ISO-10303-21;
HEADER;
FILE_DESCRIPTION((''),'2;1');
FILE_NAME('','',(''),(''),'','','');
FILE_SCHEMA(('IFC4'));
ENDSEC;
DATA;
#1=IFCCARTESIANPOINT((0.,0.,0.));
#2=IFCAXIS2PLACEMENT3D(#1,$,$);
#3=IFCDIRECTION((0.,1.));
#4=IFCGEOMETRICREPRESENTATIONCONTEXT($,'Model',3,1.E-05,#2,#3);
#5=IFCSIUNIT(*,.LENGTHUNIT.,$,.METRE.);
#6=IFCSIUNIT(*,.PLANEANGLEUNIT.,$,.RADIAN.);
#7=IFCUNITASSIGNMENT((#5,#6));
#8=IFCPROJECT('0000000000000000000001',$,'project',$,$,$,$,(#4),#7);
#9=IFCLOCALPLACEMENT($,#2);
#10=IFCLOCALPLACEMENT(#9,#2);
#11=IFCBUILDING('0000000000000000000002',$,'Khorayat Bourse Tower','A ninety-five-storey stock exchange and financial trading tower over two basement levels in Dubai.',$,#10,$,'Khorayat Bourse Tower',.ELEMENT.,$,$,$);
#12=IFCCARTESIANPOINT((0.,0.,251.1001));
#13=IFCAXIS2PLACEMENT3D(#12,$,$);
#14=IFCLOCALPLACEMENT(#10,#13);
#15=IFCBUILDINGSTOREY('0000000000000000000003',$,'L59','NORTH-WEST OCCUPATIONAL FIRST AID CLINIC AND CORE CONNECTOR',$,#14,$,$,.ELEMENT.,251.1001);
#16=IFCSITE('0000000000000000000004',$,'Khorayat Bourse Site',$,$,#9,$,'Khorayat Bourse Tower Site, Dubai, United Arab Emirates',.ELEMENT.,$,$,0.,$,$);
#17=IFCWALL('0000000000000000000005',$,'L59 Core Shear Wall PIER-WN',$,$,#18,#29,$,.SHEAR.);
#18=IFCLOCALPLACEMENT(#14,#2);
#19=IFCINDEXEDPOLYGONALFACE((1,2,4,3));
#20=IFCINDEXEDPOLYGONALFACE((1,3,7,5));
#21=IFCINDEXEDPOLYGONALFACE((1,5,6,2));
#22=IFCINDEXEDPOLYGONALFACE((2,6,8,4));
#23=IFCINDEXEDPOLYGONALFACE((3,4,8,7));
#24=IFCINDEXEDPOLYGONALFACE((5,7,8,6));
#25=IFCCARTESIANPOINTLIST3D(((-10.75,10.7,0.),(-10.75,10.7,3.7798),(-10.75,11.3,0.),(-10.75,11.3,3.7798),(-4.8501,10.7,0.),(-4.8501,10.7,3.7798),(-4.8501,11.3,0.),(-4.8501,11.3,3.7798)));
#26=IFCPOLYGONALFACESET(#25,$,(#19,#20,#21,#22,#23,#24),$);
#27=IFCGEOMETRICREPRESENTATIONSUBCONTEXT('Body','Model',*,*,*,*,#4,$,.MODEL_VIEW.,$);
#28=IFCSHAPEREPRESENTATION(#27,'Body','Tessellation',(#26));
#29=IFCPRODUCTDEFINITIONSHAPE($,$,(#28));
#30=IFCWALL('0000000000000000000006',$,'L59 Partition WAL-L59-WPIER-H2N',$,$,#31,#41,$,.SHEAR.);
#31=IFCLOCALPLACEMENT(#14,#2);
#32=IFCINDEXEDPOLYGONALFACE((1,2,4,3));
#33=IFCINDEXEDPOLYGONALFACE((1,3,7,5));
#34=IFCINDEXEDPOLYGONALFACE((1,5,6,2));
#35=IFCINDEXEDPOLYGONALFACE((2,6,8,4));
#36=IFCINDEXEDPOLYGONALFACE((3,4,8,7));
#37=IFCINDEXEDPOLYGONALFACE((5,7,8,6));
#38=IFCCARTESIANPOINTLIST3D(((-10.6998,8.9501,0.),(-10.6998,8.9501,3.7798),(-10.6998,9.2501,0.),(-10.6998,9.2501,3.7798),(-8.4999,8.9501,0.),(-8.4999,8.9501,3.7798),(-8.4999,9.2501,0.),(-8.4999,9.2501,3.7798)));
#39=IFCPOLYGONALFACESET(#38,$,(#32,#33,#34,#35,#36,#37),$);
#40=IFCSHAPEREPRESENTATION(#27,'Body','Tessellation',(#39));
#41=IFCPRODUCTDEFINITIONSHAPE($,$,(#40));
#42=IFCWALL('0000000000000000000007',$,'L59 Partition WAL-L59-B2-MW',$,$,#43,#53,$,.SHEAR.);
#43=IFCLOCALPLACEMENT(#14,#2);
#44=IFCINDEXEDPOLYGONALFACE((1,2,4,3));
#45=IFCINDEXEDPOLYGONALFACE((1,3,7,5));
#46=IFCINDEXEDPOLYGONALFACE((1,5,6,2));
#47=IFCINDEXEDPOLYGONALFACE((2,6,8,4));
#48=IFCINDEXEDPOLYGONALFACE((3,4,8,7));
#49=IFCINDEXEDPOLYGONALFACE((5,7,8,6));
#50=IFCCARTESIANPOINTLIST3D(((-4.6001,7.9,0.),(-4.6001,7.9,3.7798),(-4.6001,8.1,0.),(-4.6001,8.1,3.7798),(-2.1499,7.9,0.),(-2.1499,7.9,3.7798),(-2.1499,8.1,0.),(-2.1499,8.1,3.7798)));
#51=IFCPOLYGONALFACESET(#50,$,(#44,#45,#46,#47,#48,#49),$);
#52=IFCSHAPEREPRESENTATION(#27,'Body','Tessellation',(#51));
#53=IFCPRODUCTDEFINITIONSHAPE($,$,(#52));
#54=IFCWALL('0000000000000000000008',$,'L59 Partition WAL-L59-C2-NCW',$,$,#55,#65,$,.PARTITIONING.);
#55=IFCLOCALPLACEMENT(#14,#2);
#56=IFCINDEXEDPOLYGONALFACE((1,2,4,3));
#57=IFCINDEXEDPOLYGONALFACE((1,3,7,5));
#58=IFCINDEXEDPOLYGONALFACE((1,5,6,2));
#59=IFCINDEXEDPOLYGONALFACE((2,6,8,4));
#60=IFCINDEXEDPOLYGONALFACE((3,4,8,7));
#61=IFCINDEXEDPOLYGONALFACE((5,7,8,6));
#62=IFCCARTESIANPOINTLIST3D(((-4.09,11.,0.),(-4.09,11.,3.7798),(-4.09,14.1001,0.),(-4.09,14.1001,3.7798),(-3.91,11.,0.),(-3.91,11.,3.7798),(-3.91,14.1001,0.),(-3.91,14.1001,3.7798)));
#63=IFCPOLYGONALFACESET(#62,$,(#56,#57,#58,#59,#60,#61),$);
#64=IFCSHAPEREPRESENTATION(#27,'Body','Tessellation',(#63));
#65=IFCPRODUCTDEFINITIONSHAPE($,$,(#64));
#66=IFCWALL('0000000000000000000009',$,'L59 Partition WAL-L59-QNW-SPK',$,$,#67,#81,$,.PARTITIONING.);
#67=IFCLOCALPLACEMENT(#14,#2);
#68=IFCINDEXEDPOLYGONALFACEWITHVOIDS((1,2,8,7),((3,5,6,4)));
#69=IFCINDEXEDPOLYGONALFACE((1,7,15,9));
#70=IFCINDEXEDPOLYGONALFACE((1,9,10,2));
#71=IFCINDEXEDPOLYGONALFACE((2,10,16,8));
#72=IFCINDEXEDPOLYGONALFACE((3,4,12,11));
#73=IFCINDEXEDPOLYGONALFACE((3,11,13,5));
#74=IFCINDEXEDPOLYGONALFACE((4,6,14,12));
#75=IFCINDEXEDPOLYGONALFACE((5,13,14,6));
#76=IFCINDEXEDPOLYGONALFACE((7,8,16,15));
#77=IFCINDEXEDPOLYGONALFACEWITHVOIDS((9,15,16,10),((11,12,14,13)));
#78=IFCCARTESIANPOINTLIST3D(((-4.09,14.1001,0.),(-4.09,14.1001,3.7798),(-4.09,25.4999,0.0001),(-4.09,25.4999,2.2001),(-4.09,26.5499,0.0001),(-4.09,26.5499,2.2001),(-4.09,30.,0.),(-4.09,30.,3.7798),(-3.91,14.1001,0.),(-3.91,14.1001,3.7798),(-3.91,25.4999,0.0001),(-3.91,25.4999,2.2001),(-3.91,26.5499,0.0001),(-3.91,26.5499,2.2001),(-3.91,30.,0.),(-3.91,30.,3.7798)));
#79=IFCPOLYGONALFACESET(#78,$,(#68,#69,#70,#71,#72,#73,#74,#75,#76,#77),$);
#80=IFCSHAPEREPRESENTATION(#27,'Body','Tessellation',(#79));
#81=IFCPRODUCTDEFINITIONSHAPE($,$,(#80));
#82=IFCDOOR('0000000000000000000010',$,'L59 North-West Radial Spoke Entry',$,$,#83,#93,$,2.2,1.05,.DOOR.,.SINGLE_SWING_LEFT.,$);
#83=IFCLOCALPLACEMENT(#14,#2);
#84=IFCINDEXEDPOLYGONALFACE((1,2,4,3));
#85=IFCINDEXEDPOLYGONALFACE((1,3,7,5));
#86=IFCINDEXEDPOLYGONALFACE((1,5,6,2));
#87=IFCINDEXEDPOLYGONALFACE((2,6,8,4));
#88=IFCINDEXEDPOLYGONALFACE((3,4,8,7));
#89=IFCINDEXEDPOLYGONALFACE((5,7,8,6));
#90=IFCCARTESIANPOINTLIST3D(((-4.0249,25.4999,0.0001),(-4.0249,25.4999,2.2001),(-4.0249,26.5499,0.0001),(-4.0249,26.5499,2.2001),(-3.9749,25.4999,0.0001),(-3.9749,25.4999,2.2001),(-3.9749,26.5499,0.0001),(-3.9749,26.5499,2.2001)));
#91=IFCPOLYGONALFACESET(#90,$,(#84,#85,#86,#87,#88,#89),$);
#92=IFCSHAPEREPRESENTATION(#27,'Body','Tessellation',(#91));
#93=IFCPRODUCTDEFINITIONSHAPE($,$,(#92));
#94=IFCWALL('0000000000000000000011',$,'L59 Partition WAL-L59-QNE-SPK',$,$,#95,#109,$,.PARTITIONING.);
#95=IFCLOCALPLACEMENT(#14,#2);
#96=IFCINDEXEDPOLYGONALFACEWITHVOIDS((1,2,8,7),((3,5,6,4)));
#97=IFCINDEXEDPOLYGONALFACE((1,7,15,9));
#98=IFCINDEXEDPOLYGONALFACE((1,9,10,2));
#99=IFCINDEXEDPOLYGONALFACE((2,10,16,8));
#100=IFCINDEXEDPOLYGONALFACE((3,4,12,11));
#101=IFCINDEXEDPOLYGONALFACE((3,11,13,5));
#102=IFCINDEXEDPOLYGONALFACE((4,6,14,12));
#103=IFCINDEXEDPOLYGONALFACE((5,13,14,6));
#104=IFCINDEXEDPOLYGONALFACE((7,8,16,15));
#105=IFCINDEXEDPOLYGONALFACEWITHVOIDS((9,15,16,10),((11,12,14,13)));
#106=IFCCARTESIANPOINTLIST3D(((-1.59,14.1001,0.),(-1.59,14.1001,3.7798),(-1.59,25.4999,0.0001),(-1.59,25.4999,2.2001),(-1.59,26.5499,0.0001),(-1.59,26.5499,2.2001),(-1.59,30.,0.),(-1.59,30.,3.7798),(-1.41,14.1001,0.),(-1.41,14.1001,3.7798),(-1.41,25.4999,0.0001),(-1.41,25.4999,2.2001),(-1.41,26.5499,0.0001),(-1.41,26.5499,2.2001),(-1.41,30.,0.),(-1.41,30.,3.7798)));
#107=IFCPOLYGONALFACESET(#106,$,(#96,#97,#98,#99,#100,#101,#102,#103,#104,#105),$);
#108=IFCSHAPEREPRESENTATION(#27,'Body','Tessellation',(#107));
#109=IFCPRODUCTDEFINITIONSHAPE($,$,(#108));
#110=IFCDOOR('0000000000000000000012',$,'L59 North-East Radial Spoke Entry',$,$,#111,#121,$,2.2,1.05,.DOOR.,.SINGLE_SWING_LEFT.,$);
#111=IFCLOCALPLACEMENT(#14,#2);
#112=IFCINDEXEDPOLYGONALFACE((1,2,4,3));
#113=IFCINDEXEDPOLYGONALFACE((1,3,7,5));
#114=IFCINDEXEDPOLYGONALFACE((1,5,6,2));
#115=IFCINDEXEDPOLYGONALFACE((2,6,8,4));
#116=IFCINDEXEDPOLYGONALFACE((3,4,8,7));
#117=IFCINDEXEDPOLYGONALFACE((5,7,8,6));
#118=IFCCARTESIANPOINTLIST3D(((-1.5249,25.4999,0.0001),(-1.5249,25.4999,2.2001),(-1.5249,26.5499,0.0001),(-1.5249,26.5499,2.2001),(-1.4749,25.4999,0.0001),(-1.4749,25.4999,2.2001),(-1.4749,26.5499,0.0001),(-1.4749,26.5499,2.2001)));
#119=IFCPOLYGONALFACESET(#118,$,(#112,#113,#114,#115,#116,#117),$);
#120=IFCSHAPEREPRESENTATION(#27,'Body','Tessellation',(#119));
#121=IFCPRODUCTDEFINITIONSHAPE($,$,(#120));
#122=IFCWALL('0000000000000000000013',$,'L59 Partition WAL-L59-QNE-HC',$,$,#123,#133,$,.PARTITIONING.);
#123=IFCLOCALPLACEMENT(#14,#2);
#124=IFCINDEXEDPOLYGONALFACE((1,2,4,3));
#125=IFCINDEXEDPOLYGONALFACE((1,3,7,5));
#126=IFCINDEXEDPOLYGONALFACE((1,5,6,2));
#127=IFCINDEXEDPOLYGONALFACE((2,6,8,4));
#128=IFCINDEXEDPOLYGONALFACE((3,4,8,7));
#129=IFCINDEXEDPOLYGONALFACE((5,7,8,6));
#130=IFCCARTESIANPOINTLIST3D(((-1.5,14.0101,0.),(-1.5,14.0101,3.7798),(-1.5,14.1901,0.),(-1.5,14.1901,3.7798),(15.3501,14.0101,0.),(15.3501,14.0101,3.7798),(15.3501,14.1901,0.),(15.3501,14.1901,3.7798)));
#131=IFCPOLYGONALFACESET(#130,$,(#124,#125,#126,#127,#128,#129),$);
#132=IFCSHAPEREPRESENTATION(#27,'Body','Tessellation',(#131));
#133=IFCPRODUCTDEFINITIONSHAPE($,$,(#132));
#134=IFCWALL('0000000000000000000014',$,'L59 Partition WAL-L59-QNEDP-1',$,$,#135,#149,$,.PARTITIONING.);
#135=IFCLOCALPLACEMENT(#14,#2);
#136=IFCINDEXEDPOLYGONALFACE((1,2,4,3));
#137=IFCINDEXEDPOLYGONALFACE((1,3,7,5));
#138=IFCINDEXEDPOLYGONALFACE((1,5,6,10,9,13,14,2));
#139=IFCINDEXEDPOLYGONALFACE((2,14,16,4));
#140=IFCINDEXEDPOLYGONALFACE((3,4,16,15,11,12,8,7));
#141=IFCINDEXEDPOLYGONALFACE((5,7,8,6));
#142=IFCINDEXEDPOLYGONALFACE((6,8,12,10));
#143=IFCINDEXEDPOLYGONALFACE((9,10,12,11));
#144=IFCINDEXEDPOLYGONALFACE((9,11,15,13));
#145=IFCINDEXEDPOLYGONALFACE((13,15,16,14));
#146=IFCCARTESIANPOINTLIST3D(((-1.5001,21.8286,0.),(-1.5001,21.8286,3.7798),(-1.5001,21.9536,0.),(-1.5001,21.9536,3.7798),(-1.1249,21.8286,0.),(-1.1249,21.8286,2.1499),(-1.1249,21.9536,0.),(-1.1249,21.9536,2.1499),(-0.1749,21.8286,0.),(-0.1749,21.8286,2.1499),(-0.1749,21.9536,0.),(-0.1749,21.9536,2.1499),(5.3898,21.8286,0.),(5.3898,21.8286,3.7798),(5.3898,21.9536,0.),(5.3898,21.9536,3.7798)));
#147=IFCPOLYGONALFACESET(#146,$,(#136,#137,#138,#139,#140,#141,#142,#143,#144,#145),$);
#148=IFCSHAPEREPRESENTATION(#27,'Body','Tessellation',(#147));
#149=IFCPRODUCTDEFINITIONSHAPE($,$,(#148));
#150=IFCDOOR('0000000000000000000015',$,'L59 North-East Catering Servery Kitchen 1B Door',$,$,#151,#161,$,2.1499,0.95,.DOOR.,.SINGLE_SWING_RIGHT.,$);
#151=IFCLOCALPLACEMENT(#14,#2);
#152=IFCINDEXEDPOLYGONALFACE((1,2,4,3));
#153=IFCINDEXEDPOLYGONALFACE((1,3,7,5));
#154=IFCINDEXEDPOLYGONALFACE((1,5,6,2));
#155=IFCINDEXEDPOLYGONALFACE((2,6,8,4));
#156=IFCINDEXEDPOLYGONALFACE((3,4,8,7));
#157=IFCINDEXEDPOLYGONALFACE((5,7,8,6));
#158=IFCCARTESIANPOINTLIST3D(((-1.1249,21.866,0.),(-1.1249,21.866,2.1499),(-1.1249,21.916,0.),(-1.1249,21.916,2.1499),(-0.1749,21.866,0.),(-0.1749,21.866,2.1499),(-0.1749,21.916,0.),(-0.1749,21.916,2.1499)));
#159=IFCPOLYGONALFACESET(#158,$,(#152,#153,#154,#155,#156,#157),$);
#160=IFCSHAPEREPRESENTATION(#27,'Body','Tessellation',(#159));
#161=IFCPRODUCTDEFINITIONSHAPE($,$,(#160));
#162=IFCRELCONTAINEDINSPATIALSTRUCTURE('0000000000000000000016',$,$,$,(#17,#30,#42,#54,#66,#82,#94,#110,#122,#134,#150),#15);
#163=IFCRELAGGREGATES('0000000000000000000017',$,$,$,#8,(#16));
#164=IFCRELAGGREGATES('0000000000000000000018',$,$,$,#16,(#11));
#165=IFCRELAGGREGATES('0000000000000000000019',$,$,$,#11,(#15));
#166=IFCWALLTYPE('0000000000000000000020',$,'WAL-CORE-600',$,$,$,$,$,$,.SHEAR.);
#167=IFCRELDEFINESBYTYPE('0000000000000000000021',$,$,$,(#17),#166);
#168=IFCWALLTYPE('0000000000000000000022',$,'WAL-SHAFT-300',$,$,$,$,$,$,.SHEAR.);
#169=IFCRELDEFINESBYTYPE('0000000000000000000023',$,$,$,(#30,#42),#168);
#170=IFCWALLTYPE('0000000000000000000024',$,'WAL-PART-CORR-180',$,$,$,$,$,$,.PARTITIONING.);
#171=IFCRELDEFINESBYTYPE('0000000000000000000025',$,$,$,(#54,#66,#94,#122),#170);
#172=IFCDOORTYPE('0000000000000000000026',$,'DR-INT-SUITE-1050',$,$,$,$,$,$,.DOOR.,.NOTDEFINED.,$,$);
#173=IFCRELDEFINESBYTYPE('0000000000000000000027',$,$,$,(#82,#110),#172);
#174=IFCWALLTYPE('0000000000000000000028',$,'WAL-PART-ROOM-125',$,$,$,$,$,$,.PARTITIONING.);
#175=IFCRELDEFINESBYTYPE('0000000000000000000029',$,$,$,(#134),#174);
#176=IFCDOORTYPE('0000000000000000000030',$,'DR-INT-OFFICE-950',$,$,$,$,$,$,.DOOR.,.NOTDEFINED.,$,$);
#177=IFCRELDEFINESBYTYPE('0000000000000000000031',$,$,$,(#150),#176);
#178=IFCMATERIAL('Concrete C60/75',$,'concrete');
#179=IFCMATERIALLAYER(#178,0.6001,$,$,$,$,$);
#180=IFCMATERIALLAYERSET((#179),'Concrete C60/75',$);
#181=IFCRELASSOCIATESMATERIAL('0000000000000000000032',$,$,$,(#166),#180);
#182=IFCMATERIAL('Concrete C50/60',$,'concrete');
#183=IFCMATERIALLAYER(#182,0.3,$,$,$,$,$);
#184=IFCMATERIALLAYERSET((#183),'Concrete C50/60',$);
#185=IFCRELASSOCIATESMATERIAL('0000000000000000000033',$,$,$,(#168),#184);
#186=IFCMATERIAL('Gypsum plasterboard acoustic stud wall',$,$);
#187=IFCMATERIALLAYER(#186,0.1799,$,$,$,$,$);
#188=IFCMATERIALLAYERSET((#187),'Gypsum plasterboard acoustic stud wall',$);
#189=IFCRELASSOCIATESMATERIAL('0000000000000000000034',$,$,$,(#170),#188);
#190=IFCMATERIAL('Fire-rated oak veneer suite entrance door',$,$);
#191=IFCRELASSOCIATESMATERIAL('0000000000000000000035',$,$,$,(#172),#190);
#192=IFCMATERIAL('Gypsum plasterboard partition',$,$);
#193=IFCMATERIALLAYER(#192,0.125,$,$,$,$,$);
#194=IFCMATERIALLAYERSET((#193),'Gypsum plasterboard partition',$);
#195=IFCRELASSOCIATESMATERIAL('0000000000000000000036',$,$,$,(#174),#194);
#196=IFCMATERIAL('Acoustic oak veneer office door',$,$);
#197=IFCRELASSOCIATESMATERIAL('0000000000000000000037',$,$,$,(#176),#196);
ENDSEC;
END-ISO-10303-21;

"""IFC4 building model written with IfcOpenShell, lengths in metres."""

from ifc_helpers import new_model, si_unit, direction, frame, frame_2d, origin, place, context, subcontext, project, spatial, rectangle, extrude, source, transform, mapped, material, layer, layer_set, type_object, element, fill, save


model = new_model("IFC4")

# Units and contexts
model_context = context("Model", 3, precision=1e-05, world=origin(), true_north=direction((0.0, 1.0)))
body_context = subcontext(model_context, "Body", "Model", "MODEL_VIEW")
ifc_project = project(units=[si_unit("LENGTHUNIT", "METRE"), si_unit("PLANEANGLEUNIT", "RADIAN")], contexts=[model_context])

# Site, building, storey
site_placement = place(None, origin())
site = spatial("IfcSite", under=ifc_project, at=site_placement, Name="Khorayat Bourse Site", LongName="Khorayat Bourse Tower Site, Dubai, United Arab Emirates", CompositionType="ELEMENT", RefElevation=0.0)
building_placement = place(site_placement, origin())
building = spatial("IfcBuilding", under=site, at=building_placement, Name="Khorayat Bourse Tower", Description="A ninety-five-storey stock exchange and financial trading tower over two basement levels in Dubai.", LongName="Khorayat Bourse Tower", CompositionType="ELEMENT")
storey_placement = place(building_placement, frame((0.0, 0.0, 251.1001)))
storey = spatial("IfcBuildingStorey", under=building, at=storey_placement, Name="L59", Description="NORTH-WEST OCCUPATIONAL FIRST AID CLINIC AND CORE CONNECTOR", CompositionType="ELEMENT", Elevation=251.1001)

# Shared definitions
ifc_material_1 = material(Name="Concrete C60/75", Category="concrete")

# Walls
ifc_layer_1 = layer(ifc_material_1, 0.6001)
ifc_layer_set_1 = layer_set([ifc_layer_1], Name="Concrete C60/75")
wall_type_1 = type_object("IfcWallType", Name="WAL-CORE-600", PredefinedType="SHEAR", material=ifc_layer_set_1)
shared_shape_1 = source(origin(), body_context, "Body", "SweptSolid", [
    extrude(rectangle(XDim=5.8999, YDim=0.6001, at=frame_2d((2.95, 0.0))), origin(), (0.0, 0.0, 1.0), 3.7798),
])
wall_1_placement = place(storey_placement, frame((-10.75, 11.0, 0.0), z_axis=(0.0, 0.0, 1.0), x_axis=(1.0, 0.0, 0.0)))
element("IfcWall", 1, at=wall_1_placement, inside=storey, type_object=wall_type_1, Name="L59 Core Shear Wall PIER-WN", PredefinedType="SHEAR", context=body_context, shape_type="MappedRepresentation", body=[
    mapped(shared_shape_1, transform((0.0, 0.0, 0.0), scale=1.0)),
])
ifc_material_2 = material(Name="Concrete C50/60", Category="concrete")
ifc_layer_2 = layer(ifc_material_2, 0.3)
ifc_layer_set_2 = layer_set([ifc_layer_2], Name="Concrete C50/60")
wall_type_2 = type_object("IfcWallType", Name="WAL-SHAFT-300", PredefinedType="SHEAR", material=ifc_layer_set_2)
shared_shape_2 = source(origin(), body_context, "Body", "SweptSolid", [
    extrude(rectangle(XDim=2.2, YDim=0.3, at=frame_2d((1.1001, 0.0))), origin(), (0.0, 0.0, 1.0), 3.7798),
])
wall_2_placement = place(storey_placement, frame((-10.7, 9.1001, 0.0), z_axis=(0.0, 0.0, 1.0), x_axis=(1.0, 0.0, 0.0)))
element("IfcWall", 2, at=wall_2_placement, inside=storey, type_object=wall_type_2, Name="L59 Partition WAL-L59-WPIER-H2N", PredefinedType="SHEAR", context=body_context, shape_type="MappedRepresentation", body=[
    mapped(shared_shape_2, transform((0.0, 0.0, 0.0), scale=1.0)),
])
shared_shape_3 = source(origin(), body_context, "Body", "SweptSolid", [
    extrude(rectangle(XDim=2.4502, YDim=0.2, at=frame_2d((1.2251, 0.0))), origin(), (0.0, 0.0, 1.0), 3.7798),
])
wall_3_placement = place(storey_placement, frame((-4.6001, 8.0, 0.0), z_axis=(0.0, 0.0, 1.0), x_axis=(1.0, 0.0, 0.0)))
element("IfcWall", 3, at=wall_3_placement, inside=storey, type_object=wall_type_2, Name="L59 Partition WAL-L59-B2-MW", PredefinedType="SHEAR", context=body_context, shape_type="MappedRepresentation", body=[
    mapped(shared_shape_3, transform((0.0, 0.0, 0.0), scale=1.0)),
])
ifc_material_3 = material(Name="Gypsum plasterboard acoustic stud wall")
ifc_layer_3 = layer(ifc_material_3, 0.1799)
ifc_layer_set_3 = layer_set([ifc_layer_3], Name="Gypsum plasterboard acoustic stud wall")
wall_type_3 = type_object("IfcWallType", Name="WAL-PART-CORR-180", PredefinedType="PARTITIONING", material=ifc_layer_set_3)
shared_shape_4 = source(origin(), body_context, "Body", "SweptSolid", [
    extrude(rectangle(XDim=3.1001, YDim=0.1799, at=frame_2d((1.55, 0.0))), origin(), (0.0, 0.0, 1.0), 3.7798),
])
wall_4_placement = place(storey_placement, frame((-4.0, 11.0, 0.0), z_axis=(0.0, 0.0, 1.0), x_axis=(0.0, 1.0, 0.0)))
element("IfcWall", 4, at=wall_4_placement, inside=storey, type_object=wall_type_3, Name="L59 Partition WAL-L59-C2-NCW", PredefinedType="PARTITIONING", context=body_context, shape_type="MappedRepresentation", body=[
    mapped(shared_shape_4, transform((0.0, 0.0, 0.0), scale=1.0)),
])

# Walls, openings, doors
shared_shape_5 = source(origin(), body_context, "Body", "SweptSolid", [
    extrude(rectangle(XDim=15.8999, YDim=0.1799, at=frame_2d((7.95, 0.0))), origin(), (0.0, 0.0, 1.0), 3.7798),
])
wall_5_placement = place(storey_placement, frame((-4.0, 14.1001, 0.0), z_axis=(0.0, 0.0, 1.0), x_axis=(0.0, 1.0, 0.0)))
wall_5 = element("IfcWall", 5, at=wall_5_placement, inside=storey, type_object=wall_type_3, Name="L59 Partition WAL-L59-QNW-SPK", PredefinedType="PARTITIONING", context=body_context, shape_type="MappedRepresentation", body=[
    mapped(shared_shape_5, transform((0.0, 0.0, 0.0), scale=1.0)),
])
shared_shape_6 = source(origin(), body_context, "Body", "SweptSolid", [
    extrude(rectangle(XDim=1.05, YDim=2.2, at=frame_2d((0.5249, 1.1001))), frame((0.0, 0.0999, 0.0), z_axis=(0.0, -1.0, 0.0), x_axis=(1.0, 0.0, 0.0)), (0.0, 0.0, 1.0), 0.2),
])
opening_1_placement = place(wall_5_placement, frame((11.3999, 0.0, 0.0)))
opening_1 = element("IfcOpeningElement", 6, at=opening_1_placement, cuts=wall_5, PredefinedType="OPENING", context=body_context, shape_type="MappedRepresentation", body=[
    mapped(shared_shape_6, transform((0.0, 0.0, 0.0), scale=1.0)),
])
ifc_material_4 = material(Name="Fire-rated oak veneer suite entrance door")
door_type_1 = type_object("IfcDoorType", Name="DR-INT-SUITE-1050", OperationType="NOTDEFINED", PredefinedType="DOOR", material=ifc_material_4)
shared_shape_7 = source(origin(), body_context, "Body", "SweptSolid", [
    extrude(rectangle(XDim=1.05, YDim=2.2, at=frame_2d((0.5249, 1.1001))), frame((0.0, 0.0249, 0.0), z_axis=(0.0, -1.0, 0.0), x_axis=(1.0, 0.0, 0.0)), (0.0, 0.0, 1.0), 0.05),
])
door_1_placement = place(opening_1_placement, origin())
door_1 = element("IfcDoor", 7, at=door_1_placement, inside=storey, type_object=door_type_1, Name="L59 North-West Radial Spoke Entry", OperationType="SINGLE_SWING_LEFT", OverallHeight=2.2, OverallWidth=1.05, PredefinedType="DOOR", context=body_context, shape_type="MappedRepresentation", body=[
    mapped(shared_shape_7, transform((0.0, 0.0, 0.0), scale=1.0)),
])
fill(opening_1, door_1)
wall_6_placement = place(storey_placement, frame((-1.5, 14.1001, 0.0), z_axis=(0.0, 0.0, 1.0), x_axis=(0.0, 1.0, 0.0)))
wall_6 = element("IfcWall", 8, at=wall_6_placement, inside=storey, type_object=wall_type_3, Name="L59 Partition WAL-L59-QNE-SPK", PredefinedType="PARTITIONING", context=body_context, shape_type="MappedRepresentation", body=[
    mapped(shared_shape_5, transform((0.0, 0.0, 0.0), scale=1.0)),
])
opening_2_placement = place(wall_6_placement, frame((11.3999, 0.0, 0.0)))
opening_2 = element("IfcOpeningElement", 9, at=opening_2_placement, cuts=wall_6, PredefinedType="OPENING", context=body_context, shape_type="MappedRepresentation", body=[
    mapped(shared_shape_6, transform((0.0, 0.0, 0.0), scale=1.0)),
])
door_2_placement = place(opening_2_placement, origin())
door_2 = element("IfcDoor", 10, at=door_2_placement, inside=storey, type_object=door_type_1, Name="L59 North-East Radial Spoke Entry", OperationType="SINGLE_SWING_LEFT", OverallHeight=2.2, OverallWidth=1.05, PredefinedType="DOOR", context=body_context, shape_type="MappedRepresentation", body=[
    mapped(shared_shape_7, transform((0.0, 0.0, 0.0), scale=1.0)),
])
fill(opening_2, door_2)

# Wall
shared_shape_8 = source(origin(), body_context, "Body", "SweptSolid", [
    extrude(rectangle(XDim=16.8501, YDim=0.1799, at=frame_2d((8.425, 0.0))), origin(), (0.0, 0.0, 1.0), 3.7798),
])
wall_7_placement = place(storey_placement, frame((-1.5, 14.1001, 0.0), z_axis=(0.0, 0.0, 1.0), x_axis=(1.0, 0.0, 0.0)))
element("IfcWall", 11, at=wall_7_placement, inside=storey, type_object=wall_type_3, Name="L59 Partition WAL-L59-QNE-HC", PredefinedType="PARTITIONING", context=body_context, shape_type="MappedRepresentation", body=[
    mapped(shared_shape_8, transform((0.0, 0.0, 0.0), scale=1.0)),
])

# Wall, opening, door
ifc_material_5 = material(Name="Gypsum plasterboard partition")
ifc_layer_4 = layer(ifc_material_5, 0.125)
ifc_layer_set_4 = layer_set([ifc_layer_4], Name="Gypsum plasterboard partition")
wall_type_4 = type_object("IfcWallType", Name="WAL-PART-ROOM-125", PredefinedType="PARTITIONING", material=ifc_layer_set_4)
shared_shape_9 = source(origin(), body_context, "Body", "SweptSolid", [
    extrude(rectangle(XDim=6.8899, YDim=0.125, at=frame_2d((3.4448, 0.0))), origin(), (0.0, 0.0, 1.0), 3.7798),
])
wall_8_placement = place(storey_placement, frame((-1.5, 21.8911, 0.0), z_axis=(0.0, 0.0, 1.0), x_axis=(1.0, 0.0, 0.0)))
wall_8 = element("IfcWall", 12, at=wall_8_placement, inside=storey, type_object=wall_type_4, Name="L59 Partition WAL-L59-QNEDP-1", PredefinedType="PARTITIONING", context=body_context, shape_type="MappedRepresentation", body=[
    mapped(shared_shape_9, transform((0.0, 0.0, 0.0), scale=1.0)),
])
shared_shape_10 = source(origin(), body_context, "Body", "SweptSolid", [
    extrude(rectangle(XDim=0.95, YDim=2.1499, at=frame_2d((0.4751, 1.075))), frame((0.0, 0.0725, 0.0), z_axis=(0.0, -1.0, 0.0), x_axis=(1.0, 0.0, 0.0)), (0.0, 0.0, 1.0), 0.145),
])
opening_3_placement = place(wall_8_placement, frame((0.375, 0.0, 0.0)))
opening_3 = element("IfcOpeningElement", 13, at=opening_3_placement, cuts=wall_8, PredefinedType="OPENING", context=body_context, shape_type="MappedRepresentation", body=[
    mapped(shared_shape_10, transform((0.0, 0.0, 0.0), scale=1.0)),
])
ifc_material_6 = material(Name="Acoustic oak veneer office door")
door_type_2 = type_object("IfcDoorType", Name="DR-INT-OFFICE-950", OperationType="NOTDEFINED", PredefinedType="DOOR", material=ifc_material_6)
shared_shape_11 = source(origin(), body_context, "Body", "SweptSolid", [
    extrude(rectangle(XDim=0.95, YDim=2.1499, at=frame_2d((0.4751, 1.075))), frame((0.0, 0.0249, 0.0), z_axis=(0.0, -1.0, 0.0), x_axis=(1.0, 0.0, 0.0)), (0.0, 0.0, 1.0), 0.05),
])
door_3_placement = place(opening_3_placement, origin())
door_3 = element("IfcDoor", 14, at=door_3_placement, inside=storey, type_object=door_type_2, Name="L59 North-East Catering Servery Kitchen 1B Door", OperationType="SINGLE_SWING_RIGHT", OverallHeight=2.1499, OverallWidth=0.95, PredefinedType="DOOR", context=body_context, shape_type="MappedRepresentation", body=[
    mapped(shared_shape_11, transform((0.0, 0.0, 0.0), scale=1.0)),
])
fill(opening_3, door_3)

save(model, "model.ifc")
